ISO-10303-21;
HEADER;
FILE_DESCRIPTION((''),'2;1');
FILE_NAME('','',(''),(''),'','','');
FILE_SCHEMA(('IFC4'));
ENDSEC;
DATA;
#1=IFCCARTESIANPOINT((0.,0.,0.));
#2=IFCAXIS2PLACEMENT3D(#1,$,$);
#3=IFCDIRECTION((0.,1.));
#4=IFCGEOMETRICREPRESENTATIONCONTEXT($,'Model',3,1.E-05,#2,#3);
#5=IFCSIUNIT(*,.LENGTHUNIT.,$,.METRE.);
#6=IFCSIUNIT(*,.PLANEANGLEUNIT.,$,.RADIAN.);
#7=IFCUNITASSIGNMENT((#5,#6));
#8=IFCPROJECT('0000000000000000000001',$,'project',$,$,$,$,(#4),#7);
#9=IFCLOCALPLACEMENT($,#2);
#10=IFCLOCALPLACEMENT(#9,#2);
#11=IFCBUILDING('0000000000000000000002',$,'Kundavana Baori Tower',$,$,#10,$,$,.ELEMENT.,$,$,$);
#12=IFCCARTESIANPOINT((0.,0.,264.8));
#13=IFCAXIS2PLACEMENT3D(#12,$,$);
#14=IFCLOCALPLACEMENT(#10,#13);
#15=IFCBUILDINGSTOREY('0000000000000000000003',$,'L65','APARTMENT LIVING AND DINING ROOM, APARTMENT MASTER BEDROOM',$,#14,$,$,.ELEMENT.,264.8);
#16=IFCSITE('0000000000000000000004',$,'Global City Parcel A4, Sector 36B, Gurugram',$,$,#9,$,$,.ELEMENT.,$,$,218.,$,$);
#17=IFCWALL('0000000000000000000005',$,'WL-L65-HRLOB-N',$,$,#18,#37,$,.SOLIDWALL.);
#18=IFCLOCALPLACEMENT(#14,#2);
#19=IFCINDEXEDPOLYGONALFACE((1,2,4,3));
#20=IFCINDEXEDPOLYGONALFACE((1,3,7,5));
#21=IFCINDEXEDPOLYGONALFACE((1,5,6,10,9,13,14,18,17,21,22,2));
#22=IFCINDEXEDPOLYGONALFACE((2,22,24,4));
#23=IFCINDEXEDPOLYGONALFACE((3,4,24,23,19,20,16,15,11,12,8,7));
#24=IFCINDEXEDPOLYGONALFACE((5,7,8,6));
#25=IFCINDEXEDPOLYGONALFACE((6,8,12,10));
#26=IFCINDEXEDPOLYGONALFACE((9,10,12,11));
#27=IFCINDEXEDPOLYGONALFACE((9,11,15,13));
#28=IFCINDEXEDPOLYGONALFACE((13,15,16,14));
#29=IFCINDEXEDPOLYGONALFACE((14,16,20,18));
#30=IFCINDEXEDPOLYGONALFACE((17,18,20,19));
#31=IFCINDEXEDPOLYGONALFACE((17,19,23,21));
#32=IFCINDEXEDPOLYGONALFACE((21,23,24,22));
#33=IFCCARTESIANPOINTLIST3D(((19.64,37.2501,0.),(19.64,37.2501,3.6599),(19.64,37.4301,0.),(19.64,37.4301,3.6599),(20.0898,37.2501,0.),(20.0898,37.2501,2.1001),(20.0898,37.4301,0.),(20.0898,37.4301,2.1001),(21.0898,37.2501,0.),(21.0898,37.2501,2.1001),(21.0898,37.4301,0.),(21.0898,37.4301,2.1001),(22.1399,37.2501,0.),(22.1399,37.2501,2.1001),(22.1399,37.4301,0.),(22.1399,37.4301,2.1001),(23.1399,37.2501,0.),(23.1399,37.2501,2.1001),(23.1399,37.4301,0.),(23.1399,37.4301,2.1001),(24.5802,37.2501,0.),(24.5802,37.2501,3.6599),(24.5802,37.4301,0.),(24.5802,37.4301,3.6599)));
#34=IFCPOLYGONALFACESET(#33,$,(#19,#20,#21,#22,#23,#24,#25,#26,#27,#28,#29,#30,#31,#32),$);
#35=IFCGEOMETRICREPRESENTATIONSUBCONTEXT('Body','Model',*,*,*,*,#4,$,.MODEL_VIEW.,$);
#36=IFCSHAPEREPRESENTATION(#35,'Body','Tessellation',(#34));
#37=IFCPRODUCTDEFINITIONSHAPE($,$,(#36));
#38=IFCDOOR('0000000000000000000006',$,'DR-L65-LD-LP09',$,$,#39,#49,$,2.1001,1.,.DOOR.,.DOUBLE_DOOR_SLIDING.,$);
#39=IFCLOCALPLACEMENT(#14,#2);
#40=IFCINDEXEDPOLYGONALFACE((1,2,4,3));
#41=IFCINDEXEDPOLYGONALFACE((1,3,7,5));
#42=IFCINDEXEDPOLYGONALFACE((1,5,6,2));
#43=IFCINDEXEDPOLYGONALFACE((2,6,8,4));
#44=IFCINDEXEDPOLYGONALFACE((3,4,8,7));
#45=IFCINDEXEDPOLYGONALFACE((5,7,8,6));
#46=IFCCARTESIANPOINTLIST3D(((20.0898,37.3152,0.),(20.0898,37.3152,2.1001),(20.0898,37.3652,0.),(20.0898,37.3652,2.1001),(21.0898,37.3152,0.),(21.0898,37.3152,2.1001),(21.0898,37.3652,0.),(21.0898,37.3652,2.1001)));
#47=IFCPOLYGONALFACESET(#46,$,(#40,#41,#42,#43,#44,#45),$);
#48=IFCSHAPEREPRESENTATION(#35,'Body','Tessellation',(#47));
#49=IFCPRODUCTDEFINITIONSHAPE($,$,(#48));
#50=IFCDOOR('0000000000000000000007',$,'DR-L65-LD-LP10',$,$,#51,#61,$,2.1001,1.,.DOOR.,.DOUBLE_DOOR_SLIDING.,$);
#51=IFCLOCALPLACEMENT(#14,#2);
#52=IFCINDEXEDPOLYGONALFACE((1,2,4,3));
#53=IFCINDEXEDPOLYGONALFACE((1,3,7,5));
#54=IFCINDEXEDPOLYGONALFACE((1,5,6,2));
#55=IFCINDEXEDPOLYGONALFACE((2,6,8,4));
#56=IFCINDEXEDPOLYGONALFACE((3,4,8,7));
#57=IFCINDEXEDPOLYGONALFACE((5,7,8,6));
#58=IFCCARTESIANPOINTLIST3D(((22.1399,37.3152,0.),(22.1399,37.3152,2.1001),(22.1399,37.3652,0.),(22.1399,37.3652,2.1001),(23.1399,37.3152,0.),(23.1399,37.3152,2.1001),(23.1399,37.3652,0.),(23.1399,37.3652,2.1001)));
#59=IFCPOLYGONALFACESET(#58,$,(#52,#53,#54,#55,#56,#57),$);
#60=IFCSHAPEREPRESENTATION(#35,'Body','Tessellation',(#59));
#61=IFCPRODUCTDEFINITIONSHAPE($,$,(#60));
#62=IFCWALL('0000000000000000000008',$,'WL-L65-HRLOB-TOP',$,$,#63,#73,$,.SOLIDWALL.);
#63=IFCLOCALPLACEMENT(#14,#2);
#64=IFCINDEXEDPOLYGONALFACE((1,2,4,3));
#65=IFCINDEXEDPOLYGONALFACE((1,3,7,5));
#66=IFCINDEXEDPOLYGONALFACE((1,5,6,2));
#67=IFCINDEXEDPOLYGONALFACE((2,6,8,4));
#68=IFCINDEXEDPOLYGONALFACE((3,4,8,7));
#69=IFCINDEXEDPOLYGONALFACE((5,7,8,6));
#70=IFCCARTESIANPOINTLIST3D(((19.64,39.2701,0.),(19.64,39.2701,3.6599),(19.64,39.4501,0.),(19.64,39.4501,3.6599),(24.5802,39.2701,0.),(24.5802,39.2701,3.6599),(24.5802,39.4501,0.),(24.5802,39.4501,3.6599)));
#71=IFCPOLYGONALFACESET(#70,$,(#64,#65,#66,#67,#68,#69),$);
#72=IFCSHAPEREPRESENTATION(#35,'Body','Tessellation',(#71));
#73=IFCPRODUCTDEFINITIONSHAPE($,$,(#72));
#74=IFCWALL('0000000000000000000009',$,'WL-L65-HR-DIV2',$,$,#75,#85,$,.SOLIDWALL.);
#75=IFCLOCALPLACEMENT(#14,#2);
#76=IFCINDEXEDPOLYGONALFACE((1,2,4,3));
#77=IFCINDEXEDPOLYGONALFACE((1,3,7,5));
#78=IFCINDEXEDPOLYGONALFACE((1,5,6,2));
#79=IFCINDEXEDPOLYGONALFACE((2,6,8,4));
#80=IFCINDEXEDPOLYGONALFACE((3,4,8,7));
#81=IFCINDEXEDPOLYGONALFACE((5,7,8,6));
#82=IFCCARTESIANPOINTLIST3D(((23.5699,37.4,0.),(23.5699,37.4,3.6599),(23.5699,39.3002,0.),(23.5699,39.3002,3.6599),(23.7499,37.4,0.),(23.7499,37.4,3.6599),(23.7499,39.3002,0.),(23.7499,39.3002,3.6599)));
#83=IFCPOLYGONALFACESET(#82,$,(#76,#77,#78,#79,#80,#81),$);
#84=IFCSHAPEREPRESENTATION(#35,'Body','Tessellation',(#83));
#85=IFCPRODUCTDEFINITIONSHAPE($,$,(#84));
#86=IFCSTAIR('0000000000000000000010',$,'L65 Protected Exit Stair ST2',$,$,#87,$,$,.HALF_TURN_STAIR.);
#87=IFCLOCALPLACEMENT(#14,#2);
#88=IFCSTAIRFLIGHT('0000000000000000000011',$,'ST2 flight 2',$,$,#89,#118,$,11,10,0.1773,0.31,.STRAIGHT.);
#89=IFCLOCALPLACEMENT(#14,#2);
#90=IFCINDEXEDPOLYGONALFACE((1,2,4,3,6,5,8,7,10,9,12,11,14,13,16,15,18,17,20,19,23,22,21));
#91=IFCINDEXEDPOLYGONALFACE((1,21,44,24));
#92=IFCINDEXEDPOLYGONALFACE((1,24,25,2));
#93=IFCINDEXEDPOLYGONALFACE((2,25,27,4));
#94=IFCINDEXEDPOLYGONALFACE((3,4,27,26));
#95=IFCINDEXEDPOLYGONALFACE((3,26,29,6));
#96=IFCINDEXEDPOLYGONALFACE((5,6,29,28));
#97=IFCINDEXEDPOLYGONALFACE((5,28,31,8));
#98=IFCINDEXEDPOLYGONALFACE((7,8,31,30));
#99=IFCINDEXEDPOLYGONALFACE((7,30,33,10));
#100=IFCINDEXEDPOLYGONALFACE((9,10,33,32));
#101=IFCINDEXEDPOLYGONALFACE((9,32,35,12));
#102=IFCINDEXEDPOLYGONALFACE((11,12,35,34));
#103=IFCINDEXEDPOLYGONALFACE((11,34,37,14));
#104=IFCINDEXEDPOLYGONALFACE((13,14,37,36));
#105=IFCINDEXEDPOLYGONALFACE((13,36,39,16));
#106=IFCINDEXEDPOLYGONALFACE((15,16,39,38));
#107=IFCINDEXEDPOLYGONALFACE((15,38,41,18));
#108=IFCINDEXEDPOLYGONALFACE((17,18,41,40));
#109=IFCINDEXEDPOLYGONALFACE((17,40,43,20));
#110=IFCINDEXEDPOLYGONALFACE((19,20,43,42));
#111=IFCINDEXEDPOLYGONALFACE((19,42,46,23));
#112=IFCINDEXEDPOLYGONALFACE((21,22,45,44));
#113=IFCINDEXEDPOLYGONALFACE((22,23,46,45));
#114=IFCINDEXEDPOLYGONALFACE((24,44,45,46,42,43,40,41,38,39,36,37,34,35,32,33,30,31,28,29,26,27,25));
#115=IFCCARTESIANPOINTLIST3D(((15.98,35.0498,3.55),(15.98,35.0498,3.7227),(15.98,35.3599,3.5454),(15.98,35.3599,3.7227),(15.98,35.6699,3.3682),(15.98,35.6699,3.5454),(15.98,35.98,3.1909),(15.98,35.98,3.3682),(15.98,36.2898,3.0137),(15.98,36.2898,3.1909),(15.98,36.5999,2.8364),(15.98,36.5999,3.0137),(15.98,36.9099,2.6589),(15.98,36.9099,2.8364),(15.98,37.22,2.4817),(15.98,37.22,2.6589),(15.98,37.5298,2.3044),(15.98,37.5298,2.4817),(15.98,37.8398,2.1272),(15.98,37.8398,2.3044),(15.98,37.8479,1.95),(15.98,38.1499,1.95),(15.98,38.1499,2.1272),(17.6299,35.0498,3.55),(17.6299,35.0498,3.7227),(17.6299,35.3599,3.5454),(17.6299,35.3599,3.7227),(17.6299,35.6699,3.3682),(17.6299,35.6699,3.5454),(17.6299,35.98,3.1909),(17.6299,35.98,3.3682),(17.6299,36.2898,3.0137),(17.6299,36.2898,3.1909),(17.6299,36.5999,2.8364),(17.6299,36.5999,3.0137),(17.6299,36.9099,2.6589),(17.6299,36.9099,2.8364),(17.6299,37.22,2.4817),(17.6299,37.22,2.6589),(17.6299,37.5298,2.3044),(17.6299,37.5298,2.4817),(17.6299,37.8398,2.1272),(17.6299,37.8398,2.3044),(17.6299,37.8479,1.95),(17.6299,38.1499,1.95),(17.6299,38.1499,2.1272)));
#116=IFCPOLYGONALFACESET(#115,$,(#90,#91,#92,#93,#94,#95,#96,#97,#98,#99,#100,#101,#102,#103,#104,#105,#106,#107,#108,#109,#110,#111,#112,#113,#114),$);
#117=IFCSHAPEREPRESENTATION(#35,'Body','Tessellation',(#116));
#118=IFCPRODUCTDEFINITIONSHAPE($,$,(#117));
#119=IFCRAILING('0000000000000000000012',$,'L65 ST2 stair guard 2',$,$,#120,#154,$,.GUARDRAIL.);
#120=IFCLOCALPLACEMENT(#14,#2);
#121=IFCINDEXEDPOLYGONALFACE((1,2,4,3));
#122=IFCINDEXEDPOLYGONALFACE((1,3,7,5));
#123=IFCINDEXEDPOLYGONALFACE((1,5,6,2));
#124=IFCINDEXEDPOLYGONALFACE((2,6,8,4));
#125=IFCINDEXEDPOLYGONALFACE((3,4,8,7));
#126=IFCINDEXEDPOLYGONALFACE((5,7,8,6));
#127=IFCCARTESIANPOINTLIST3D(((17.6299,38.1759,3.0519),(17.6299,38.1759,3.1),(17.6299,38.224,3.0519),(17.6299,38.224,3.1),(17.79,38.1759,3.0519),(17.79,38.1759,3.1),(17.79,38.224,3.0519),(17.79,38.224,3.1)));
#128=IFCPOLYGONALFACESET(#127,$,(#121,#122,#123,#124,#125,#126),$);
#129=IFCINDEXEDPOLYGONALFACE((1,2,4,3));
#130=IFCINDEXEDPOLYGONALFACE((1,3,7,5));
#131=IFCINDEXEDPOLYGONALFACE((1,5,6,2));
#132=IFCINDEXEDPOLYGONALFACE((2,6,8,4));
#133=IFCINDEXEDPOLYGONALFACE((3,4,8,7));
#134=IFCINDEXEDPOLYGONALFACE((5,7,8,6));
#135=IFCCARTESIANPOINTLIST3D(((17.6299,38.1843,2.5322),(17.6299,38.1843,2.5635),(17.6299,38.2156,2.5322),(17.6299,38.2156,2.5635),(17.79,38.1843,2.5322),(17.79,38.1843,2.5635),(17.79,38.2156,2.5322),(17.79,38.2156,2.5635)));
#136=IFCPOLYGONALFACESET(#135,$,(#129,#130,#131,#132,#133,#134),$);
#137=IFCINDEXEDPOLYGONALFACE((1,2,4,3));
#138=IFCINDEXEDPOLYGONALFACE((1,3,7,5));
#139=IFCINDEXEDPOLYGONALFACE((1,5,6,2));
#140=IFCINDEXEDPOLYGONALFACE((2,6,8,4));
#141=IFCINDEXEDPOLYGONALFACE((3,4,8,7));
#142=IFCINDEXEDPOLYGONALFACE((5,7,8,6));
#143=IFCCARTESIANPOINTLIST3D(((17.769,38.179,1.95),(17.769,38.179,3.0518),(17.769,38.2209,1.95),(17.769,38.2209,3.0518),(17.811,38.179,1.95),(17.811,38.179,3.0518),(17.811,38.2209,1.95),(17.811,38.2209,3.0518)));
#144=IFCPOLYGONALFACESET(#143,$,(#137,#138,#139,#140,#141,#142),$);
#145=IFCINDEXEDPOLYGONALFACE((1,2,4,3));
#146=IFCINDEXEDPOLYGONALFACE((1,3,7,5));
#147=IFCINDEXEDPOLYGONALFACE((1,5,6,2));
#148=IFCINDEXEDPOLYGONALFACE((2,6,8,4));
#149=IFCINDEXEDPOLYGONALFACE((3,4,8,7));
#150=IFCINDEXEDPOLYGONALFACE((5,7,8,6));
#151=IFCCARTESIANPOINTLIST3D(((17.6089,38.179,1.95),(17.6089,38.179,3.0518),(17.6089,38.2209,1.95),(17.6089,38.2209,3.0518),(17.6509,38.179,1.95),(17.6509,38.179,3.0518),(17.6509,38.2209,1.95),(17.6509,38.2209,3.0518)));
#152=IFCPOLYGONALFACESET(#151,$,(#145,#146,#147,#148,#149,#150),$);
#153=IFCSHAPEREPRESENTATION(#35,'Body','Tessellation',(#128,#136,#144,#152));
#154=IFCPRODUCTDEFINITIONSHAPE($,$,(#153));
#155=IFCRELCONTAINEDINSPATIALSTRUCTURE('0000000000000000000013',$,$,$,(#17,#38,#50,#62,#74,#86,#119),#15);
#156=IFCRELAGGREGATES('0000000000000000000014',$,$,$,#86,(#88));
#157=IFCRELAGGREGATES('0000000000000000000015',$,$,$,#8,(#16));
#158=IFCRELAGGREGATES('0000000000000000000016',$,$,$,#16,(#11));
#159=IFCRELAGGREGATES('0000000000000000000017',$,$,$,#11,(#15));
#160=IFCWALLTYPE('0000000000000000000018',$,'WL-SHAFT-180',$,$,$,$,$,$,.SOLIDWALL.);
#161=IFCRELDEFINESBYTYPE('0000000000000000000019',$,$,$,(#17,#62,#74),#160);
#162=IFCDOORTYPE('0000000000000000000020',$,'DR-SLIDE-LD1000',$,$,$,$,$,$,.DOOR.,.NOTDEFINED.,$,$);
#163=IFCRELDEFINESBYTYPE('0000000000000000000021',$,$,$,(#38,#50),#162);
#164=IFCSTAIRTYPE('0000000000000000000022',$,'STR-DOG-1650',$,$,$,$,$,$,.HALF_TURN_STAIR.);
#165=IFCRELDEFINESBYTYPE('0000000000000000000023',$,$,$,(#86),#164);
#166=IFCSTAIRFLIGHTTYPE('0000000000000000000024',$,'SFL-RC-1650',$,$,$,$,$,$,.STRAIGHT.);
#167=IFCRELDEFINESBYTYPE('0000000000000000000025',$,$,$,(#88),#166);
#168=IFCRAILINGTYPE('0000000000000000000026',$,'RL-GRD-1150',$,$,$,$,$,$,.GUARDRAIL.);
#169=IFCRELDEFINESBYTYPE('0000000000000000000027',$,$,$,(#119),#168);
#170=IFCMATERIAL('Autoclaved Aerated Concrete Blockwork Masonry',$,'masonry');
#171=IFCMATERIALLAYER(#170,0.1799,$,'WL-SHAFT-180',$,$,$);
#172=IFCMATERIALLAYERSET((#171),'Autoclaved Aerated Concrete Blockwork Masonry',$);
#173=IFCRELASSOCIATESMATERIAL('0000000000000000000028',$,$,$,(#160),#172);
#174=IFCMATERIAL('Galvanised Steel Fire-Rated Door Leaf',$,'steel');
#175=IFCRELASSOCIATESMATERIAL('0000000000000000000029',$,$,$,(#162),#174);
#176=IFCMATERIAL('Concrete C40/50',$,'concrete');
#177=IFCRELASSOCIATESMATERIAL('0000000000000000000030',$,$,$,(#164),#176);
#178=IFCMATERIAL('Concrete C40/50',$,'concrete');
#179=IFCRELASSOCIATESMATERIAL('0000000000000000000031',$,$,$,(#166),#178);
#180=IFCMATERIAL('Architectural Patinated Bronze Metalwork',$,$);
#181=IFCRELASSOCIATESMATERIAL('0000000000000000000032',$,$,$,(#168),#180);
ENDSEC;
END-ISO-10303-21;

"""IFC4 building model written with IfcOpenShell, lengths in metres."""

from ifc_helpers import new_model, si_unit, direction, frame, frame_2d, origin, origin_2d, place, context, subcontext, project, spatial, polyline, rectangle, outline, extrude, material, layer, layer_set, type_object, element, fill, aggregate, save


model = new_model("IFC4")

# Units and contexts
model_context = context("Model", 3, precision=1e-05, world=origin(), true_north=direction((0.0, 1.0)))
body_context = subcontext(model_context, "Body", "Model", "MODEL_VIEW")
ifc_project = project(units=[si_unit("LENGTHUNIT", "METRE"), si_unit("PLANEANGLEUNIT", "RADIAN")], contexts=[model_context])

# Site, building, storey
site_placement = place(None, origin())
site = spatial("IfcSite", under=ifc_project, at=site_placement, Name="Global City Parcel A4, Sector 36B, Gurugram", CompositionType="ELEMENT", RefElevation=218.0)
building_placement = place(site_placement, origin())
building = spatial("IfcBuilding", under=site, at=building_placement, Name="Kundavana Baori Tower", CompositionType="ELEMENT")
storey_placement = place(building_placement, frame((0.0, 0.0, 264.8)))
storey = spatial("IfcBuildingStorey", under=building, at=storey_placement, Name="L65", Description="APARTMENT LIVING AND DINING ROOM, APARTMENT MASTER BEDROOM", CompositionType="ELEMENT", Elevation=264.8)

# Shared definitions
ifc_material_1 = material(Name="Autoclaved Aerated Concrete Blockwork Masonry", Category="masonry")
ifc_layer_1 = layer(ifc_material_1, 0.1799, Name="WL-SHAFT-180")
ifc_layer_set_1 = layer_set([ifc_layer_1], Name="Autoclaved Aerated Concrete Blockwork Masonry")
wall_type_1 = type_object("IfcWallType", Name="WL-SHAFT-180", PredefinedType="SOLIDWALL", material=ifc_layer_set_1)
ifc_material_2 = material(Name="Galvanised Steel Fire-Rated Door Leaf", Category="steel")
door_type_1 = type_object("IfcDoorType", Name="DR-SLIDE-LD1000", OperationType="NOTDEFINED", PredefinedType="DOOR", material=ifc_material_2)

# Wall, openings, doors
wall_1_placement = place(storey_placement, frame((19.6399, 37.3401, 0.0), z_axis=(0.0, 0.0, 1.0), x_axis=(1.0, 0.0, 0.0)))
wall_1 = element("IfcWall", 1, at=wall_1_placement, inside=storey, type_object=wall_type_1, Name="WL-L65-HRLOB-N", PredefinedType="SOLIDWALL", context=body_context, shape_type="SweptSolid", body=[
    extrude(rectangle(XDim=4.9402, YDim=0.1799, at=frame_2d((2.4702, 0.0))), origin(), (0.0, 0.0, 1.0), 3.6599),
])
opening_1_placement = place(wall_1_placement, frame((0.45, 0.0, 0.0)))
opening_1 = element("IfcOpeningElement", 2, at=opening_1_placement, cuts=wall_1, PredefinedType="OPENING", context=body_context, shape_type="SweptSolid", body=[
    extrude(rectangle(XDim=1.0, YDim=2.1001, at=frame_2d((0.5, 1.05))), frame((0.0, 0.1001, 0.0), z_axis=(0.0, -1.0, 0.0), x_axis=(1.0, 0.0, 0.0)), (0.0, 0.0, 1.0), 0.2),
])
opening_2_placement = place(wall_1_placement, frame((2.5, 0.0, 0.0)))
opening_2 = element("IfcOpeningElement", 3, at=opening_2_placement, cuts=wall_1, PredefinedType="OPENING", context=body_context, shape_type="SweptSolid", body=[
    extrude(rectangle(XDim=1.0, YDim=2.1001, at=frame_2d((0.5, 1.05))), frame((0.0, 0.1001, 0.0), z_axis=(0.0, -1.0, 0.0), x_axis=(1.0, 0.0, 0.0)), (0.0, 0.0, 1.0), 0.2),
])
door_1_placement = place(opening_1_placement, frame((1.0, 0.0, 0.0), z_axis=(0.0, 0.0, 1.0), x_axis=(-1.0, 0.0, 0.0)))
door_1 = element("IfcDoor", 4, at=door_1_placement, inside=storey, type_object=door_type_1, Name="DR-L65-LD-LP09", OperationType="DOUBLE_DOOR_SLIDING", OverallHeight=2.1001, OverallWidth=1.0, PredefinedType="DOOR", context=body_context, shape_type="SweptSolid", body=[
    extrude(rectangle(XDim=1.0, YDim=2.1001, at=frame_2d((0.5, 1.05))), frame((0.0, 0.0249, 0.0), z_axis=(0.0, -1.0, 0.0), x_axis=(1.0, 0.0, 0.0)), (0.0, 0.0, 1.0), 0.05),
])
fill(opening_1, door_1)
door_2_placement = place(opening_2_placement, frame((1.0, 0.0, 0.0), z_axis=(0.0, 0.0, 1.0), x_axis=(-1.0, 0.0, 0.0)))
door_2 = element("IfcDoor", 5, at=door_2_placement, inside=storey, type_object=door_type_1, Name="DR-L65-LD-LP10", OperationType="DOUBLE_DOOR_SLIDING", OverallHeight=2.1001, OverallWidth=1.0, PredefinedType="DOOR", context=body_context, shape_type="SweptSolid", body=[
    extrude(rectangle(XDim=1.0, YDim=2.1001, at=frame_2d((0.5, 1.05))), frame((0.0, 0.0249, 0.0), z_axis=(0.0, -1.0, 0.0), x_axis=(1.0, 0.0, 0.0)), (0.0, 0.0, 1.0), 0.05),
])
fill(opening_2, door_2)

# Walls
wall_2_placement = place(storey_placement, frame((19.6399, 39.3601, 0.0), z_axis=(0.0, 0.0, 1.0), x_axis=(1.0, 0.0, 0.0)))
element("IfcWall", 6, at=wall_2_placement, inside=storey, type_object=wall_type_1, Name="WL-L65-HRLOB-TOP", PredefinedType="SOLIDWALL", context=body_context, shape_type="SweptSolid", body=[
    extrude(rectangle(XDim=4.9402, YDim=0.1799, at=frame_2d((2.4702, 0.0))), origin(), (0.0, 0.0, 1.0), 3.6599),
])
wall_3_placement = place(storey_placement, frame((23.6599, 37.3999, 0.0), z_axis=(0.0, 0.0, 1.0), x_axis=(0.0, 1.0, 0.0)))
element("IfcWall", 7, at=wall_3_placement, inside=storey, type_object=wall_type_1, Name="WL-L65-HR-DIV2", PredefinedType="SOLIDWALL", context=body_context, shape_type="SweptSolid", body=[
    extrude(rectangle(XDim=1.9001, YDim=0.1799, at=frame_2d((0.9502, 0.0))), origin(), (0.0, 0.0, 1.0), 3.6599),
])

# Stair, stair flight
ifc_material_3 = material(Name="Concrete C40/50", Category="concrete")
stair_type = type_object("IfcStairType", Name="STR-DOG-1650", PredefinedType="HALF_TURN_STAIR", material=ifc_material_3)
stair_placement = place(storey_placement, origin())
stair = element("IfcStair", 8, at=stair_placement, inside=storey, type_object=stair_type, Name="L65 Protected Exit Stair ST2", PredefinedType="HALF_TURN_STAIR")
ifc_material_4 = material(Name="Concrete C40/50", Category="concrete")
stair_flight_type = type_object("IfcStairFlightType", Name="SFL-RC-1650", PredefinedType="STRAIGHT", material=ifc_material_4)
stair_flight_placement = place(storey_placement, frame((16.8049, 38.1499, 1.95), z_axis=(0.0, 0.0, 1.0), x_axis=(0.0, -1.0, 0.0)))
stair_flight = element("IfcStairFlight", 9, at=stair_flight_placement, type_object=stair_flight_type, Name="ST2 flight 2", NumberOfRisers=11, NumberOfTreads=10, PredefinedType="STRAIGHT", RiserHeight=0.1773, TreadLength=0.31, context=body_context, shape_type="SweptSolid", body=[
    extrude(outline(polyline([(0.0, 0.0), (0.0, 0.1772), (0.3101, 0.1772), (0.3101, 0.3545), (0.6201, 0.3545), (0.6201, 0.5317), (0.9299, 0.5317), (0.9299, 0.709), (1.24, 0.709), (1.24, 0.8865), (1.55, 0.8865), (1.55, 1.0637), (1.8601, 1.0637), (1.8601, 1.241), (2.1699, 1.241), (2.1699, 1.4182), (2.48, 1.4182), (2.48, 1.5955), (2.79, 1.5955), (2.79, 1.7727), (3.1001, 1.7727), (3.1001, 1.95), (3.1001, 1.6001), (0.302, 0.0), (0.0, 0.0)])), frame((0.0, 0.825, 0.0), z_axis=(0.0, -1.0, 0.0), x_axis=(1.0, 0.0, 0.0)), (0.0, 0.0, 1.0), 1.6499),
])
aggregate(stair, [stair_flight])

# Railing
ifc_material_5 = material(Name="Architectural Patinated Bronze Metalwork")
railing_type_1 = type_object("IfcRailingType", Name="RL-GRD-1150", PredefinedType="GUARDRAIL", material=ifc_material_5)
railing_1_placement = place(storey_placement, frame((17.79, 38.2, 1.95)))
element("IfcRailing", 10, at=railing_1_placement, inside=storey, type_object=railing_type_1, Name="L65 ST2 stair guard 2", PredefinedType="GUARDRAIL", context=body_context, shape_type="SweptSolid", body=[
    extrude(rectangle(XDim=0.0481, YDim=0.0481, at=origin_2d()), frame((0.0, 0.0, 1.126), z_axis=(-1.0, 0.0, 0.0), x_axis=(0.0, -1.0, 0.0)), (0.0, 0.0, 1.0), 0.1602),
    extrude(rectangle(XDim=0.0312, YDim=0.0312, at=origin_2d()), frame((0.0, 0.0, 0.5979), z_axis=(-1.0, 0.0, 0.0), x_axis=(0.0, -1.0, 0.0)), (0.0, 0.0, 1.0), 0.1602),
    extrude(rectangle(XDim=0.042, YDim=0.042, at=origin_2d()), origin(), (0.0, 0.0, 1.0), 1.1018),
    extrude(rectangle(XDim=0.042, YDim=0.042, at=origin_2d()), frame((-0.1602, 0.0, 0.0)), (0.0, 0.0, 1.0), 1.1018),
])

save(model, "model.ifc")
